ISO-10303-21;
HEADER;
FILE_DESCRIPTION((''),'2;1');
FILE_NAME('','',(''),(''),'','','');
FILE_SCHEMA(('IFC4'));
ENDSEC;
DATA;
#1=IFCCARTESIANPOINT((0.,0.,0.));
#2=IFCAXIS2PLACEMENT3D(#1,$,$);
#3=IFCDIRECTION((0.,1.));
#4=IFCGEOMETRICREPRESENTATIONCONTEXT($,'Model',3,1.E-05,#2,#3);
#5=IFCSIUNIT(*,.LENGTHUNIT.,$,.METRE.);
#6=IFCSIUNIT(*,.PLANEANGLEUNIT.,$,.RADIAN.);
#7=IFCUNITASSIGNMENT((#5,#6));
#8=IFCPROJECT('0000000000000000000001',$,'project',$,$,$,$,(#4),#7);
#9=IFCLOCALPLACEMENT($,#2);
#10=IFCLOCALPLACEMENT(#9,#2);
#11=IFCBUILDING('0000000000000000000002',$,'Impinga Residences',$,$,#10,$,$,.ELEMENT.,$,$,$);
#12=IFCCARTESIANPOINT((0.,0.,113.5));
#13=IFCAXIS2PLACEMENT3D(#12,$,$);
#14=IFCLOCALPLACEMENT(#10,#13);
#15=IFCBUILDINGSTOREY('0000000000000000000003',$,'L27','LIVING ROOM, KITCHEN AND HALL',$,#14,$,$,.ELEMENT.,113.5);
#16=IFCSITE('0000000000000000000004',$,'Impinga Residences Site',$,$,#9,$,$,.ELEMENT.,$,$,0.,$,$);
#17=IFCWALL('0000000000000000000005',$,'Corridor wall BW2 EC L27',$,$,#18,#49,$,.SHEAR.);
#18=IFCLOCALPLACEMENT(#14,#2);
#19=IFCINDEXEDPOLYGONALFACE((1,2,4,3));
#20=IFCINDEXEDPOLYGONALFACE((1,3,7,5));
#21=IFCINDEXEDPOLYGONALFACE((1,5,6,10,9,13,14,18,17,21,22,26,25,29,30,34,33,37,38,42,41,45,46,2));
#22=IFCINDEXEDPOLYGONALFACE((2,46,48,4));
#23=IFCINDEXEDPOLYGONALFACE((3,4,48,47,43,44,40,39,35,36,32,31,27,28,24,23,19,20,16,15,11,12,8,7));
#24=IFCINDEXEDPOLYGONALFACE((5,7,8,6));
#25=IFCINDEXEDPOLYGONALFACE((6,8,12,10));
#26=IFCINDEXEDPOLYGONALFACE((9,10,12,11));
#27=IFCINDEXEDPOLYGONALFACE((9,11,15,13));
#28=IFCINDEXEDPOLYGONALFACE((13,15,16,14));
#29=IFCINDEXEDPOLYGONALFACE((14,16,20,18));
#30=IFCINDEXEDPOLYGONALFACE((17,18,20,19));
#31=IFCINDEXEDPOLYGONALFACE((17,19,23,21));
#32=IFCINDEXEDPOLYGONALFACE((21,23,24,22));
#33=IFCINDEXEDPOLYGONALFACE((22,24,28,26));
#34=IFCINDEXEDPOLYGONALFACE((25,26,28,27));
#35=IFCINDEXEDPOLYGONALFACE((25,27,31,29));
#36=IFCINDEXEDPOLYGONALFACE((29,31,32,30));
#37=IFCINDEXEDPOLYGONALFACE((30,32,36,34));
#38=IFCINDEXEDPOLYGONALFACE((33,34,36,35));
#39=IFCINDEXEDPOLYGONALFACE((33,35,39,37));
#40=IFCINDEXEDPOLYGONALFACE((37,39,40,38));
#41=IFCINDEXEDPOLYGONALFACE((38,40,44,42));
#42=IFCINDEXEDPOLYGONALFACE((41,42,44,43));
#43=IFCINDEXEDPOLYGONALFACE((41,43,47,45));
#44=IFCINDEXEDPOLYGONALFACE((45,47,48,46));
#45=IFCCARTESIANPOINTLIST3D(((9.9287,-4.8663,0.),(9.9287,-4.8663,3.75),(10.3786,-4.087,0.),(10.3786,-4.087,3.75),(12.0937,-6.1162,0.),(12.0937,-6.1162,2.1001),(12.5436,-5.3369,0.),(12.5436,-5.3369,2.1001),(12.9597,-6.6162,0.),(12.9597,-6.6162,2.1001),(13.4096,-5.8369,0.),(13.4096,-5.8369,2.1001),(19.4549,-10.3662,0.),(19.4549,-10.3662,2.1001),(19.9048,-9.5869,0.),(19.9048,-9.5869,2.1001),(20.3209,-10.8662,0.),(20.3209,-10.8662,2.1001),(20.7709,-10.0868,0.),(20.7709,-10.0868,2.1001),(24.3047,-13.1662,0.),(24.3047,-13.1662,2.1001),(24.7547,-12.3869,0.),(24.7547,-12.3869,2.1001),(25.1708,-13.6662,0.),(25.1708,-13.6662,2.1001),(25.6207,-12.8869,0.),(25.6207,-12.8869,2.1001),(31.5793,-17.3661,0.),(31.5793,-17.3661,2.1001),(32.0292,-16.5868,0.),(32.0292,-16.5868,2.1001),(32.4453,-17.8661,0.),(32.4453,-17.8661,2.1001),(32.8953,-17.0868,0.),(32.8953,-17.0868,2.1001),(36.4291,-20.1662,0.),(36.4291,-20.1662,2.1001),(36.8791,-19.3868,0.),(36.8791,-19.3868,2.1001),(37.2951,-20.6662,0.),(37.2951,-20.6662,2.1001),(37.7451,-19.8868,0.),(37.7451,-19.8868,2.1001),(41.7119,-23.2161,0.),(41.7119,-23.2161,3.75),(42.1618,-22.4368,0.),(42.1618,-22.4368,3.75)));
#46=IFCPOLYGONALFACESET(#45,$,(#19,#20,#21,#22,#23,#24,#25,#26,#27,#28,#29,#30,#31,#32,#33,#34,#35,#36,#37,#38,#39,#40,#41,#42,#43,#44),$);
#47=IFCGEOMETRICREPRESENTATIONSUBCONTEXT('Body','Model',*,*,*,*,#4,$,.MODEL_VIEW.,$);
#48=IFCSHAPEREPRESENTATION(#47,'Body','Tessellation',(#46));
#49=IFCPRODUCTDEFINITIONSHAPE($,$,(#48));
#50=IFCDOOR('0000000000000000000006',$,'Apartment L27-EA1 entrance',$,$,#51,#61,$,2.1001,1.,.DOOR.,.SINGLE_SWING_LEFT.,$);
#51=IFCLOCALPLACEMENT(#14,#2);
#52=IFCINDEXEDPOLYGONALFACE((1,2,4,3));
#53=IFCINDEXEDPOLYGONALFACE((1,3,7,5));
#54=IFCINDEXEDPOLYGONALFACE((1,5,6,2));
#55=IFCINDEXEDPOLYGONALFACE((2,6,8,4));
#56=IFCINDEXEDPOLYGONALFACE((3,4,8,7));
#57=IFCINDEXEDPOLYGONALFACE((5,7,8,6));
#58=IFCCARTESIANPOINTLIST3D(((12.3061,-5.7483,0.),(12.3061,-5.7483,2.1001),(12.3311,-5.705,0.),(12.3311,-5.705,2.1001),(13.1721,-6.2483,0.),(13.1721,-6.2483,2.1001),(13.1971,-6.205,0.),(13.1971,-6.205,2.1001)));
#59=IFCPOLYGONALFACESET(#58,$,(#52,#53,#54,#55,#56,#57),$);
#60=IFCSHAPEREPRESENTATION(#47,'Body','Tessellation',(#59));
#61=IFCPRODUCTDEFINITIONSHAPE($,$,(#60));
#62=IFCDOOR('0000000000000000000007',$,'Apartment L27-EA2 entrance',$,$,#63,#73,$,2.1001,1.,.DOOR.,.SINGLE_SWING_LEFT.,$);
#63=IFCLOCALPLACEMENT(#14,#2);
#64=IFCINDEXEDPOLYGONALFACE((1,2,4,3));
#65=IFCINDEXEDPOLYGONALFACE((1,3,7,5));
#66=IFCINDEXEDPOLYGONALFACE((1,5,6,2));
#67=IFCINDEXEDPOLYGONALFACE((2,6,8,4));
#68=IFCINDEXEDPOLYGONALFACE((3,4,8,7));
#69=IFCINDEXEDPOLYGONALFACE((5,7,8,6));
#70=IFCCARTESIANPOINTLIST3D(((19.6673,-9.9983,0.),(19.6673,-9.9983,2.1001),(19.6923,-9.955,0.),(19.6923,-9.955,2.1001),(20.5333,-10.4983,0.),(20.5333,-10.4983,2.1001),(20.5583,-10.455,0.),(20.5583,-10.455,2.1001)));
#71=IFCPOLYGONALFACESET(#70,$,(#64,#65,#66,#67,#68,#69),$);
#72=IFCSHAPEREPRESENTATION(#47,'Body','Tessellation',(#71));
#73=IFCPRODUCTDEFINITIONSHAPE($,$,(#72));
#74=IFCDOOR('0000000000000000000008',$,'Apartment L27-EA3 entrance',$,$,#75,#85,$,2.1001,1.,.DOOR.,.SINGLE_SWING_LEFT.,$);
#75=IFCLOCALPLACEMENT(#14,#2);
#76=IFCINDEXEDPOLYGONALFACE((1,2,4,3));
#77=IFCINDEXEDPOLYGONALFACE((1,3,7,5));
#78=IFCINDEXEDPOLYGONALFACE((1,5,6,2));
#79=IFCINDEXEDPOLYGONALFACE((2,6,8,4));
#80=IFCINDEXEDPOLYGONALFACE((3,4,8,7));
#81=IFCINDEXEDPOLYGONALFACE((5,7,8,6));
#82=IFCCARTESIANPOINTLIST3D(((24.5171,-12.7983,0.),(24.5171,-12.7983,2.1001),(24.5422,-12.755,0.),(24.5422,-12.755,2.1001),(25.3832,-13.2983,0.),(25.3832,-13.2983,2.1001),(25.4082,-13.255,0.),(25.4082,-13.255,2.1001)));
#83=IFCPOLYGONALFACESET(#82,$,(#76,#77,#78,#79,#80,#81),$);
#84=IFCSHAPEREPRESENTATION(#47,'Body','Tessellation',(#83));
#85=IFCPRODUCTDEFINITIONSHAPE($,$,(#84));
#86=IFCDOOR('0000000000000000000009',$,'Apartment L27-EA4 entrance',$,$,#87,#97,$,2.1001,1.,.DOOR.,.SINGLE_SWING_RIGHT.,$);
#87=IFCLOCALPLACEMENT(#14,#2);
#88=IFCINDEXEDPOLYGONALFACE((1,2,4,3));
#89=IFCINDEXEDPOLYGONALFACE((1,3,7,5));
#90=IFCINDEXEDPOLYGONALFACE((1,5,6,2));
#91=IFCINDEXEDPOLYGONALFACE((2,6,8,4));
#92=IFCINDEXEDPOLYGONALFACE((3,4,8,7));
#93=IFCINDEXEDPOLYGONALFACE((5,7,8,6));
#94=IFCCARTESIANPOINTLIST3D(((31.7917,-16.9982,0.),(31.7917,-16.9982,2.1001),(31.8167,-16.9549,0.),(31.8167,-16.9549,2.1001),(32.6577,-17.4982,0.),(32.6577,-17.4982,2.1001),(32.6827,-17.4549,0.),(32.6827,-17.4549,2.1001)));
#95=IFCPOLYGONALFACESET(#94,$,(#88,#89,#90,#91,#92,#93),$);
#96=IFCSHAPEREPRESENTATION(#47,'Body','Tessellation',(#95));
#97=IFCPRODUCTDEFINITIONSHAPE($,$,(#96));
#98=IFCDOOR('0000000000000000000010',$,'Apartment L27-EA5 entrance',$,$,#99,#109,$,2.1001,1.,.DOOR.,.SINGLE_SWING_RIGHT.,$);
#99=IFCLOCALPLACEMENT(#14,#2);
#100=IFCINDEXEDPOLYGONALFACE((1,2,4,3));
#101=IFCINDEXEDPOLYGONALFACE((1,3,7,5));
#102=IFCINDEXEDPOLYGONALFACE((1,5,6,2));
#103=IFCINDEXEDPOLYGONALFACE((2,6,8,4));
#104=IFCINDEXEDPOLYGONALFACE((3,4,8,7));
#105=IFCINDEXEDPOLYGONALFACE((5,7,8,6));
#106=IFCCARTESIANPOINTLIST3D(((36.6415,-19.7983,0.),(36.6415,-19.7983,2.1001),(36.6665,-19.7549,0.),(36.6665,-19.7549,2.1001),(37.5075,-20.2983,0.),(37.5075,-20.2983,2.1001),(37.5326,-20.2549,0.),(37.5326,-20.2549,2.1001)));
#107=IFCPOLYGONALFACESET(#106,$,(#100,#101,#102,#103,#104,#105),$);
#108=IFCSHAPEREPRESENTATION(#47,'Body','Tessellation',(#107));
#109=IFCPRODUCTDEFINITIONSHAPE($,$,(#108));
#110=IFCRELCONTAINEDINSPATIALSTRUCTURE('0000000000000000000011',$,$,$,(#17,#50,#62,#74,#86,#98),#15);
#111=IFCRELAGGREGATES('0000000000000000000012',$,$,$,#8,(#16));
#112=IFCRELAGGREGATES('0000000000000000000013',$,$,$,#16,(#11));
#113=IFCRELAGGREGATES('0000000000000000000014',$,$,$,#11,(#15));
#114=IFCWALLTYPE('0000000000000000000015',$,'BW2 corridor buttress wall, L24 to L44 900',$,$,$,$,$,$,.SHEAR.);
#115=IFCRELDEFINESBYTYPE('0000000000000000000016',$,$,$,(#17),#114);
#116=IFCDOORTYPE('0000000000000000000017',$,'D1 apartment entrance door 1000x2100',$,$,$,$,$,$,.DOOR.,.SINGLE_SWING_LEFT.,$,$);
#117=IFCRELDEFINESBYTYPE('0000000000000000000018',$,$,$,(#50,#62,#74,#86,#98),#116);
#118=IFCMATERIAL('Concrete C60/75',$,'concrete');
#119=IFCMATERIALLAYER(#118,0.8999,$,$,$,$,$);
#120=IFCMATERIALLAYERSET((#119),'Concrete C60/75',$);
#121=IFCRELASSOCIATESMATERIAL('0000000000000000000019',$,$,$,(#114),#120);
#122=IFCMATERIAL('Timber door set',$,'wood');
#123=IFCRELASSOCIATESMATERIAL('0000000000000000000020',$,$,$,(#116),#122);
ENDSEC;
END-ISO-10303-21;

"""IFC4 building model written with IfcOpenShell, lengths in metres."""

from ifc_helpers import new_model, si_unit, direction, frame, frame_2d, origin, place, context, subcontext, project, spatial, rectangle, extrude, material, layer, layer_set, type_object, element, fill, save


model = new_model("IFC4")

# Units and contexts
model_context = context("Model", 3, precision=1e-05, world=origin(), true_north=direction((0.0, 1.0)))
body_context = subcontext(model_context, "Body", "Model", "MODEL_VIEW")
ifc_project = project(units=[si_unit("LENGTHUNIT", "METRE"), si_unit("PLANEANGLEUNIT", "RADIAN")], contexts=[model_context])

# Site, building, storey
site_placement = place(None, origin())
site = spatial("IfcSite", under=ifc_project, at=site_placement, Name="Impinga Residences Site", CompositionType="ELEMENT", RefElevation=0.0)
building_placement = place(site_placement, origin())
building = spatial("IfcBuilding", under=site, at=building_placement, Name="Impinga Residences", CompositionType="ELEMENT")
storey_placement = place(building_placement, frame((0.0, 0.0, 113.5)))
storey = spatial("IfcBuildingStorey", under=building, at=storey_placement, Name="L27", Description="LIVING ROOM, KITCHEN AND HALL", CompositionType="ELEMENT", Elevation=113.5)

# Wall, openings, doors
ifc_material_1 = material(Name="Concrete C60/75", Category="concrete")
ifc_layer_1 = layer(ifc_material_1, 0.8999)
ifc_layer_set_1 = layer_set([ifc_layer_1], Name="Concrete C60/75")
wall_type_1 = type_object("IfcWallType", Name="BW2 corridor buttress wall, L24 to L44 900", PredefinedType="SHEAR", material=ifc_layer_set_1)
wall_1_placement = place(storey_placement, frame((10.1536, -4.4766, 0.0), z_axis=(0.0, 0.0, 1.0), x_axis=(0.866028, -0.499996, 0.0)))
wall_1 = element("IfcWall", 1, at=wall_1_placement, inside=storey, type_object=wall_type_1, Name="Corridor wall BW2 EC L27", PredefinedType="SHEAR", context=body_context, shape_type="SweptSolid", body=[
    extrude(rectangle(XDim=36.7, YDim=0.8999, at=frame_2d((18.3501, 0.0))), origin(), (0.0, 0.0, 1.0), 3.75),
])
opening_1_placement = place(wall_1_placement, frame((2.5, 0.0, 0.0)))
opening_1 = element("IfcOpeningElement", 2, at=opening_1_placement, cuts=wall_1, PredefinedType="OPENING", context=body_context, shape_type="SweptSolid", body=[
    extrude(rectangle(XDim=1.0, YDim=2.1001, at=frame_2d((0.5, 1.05))), frame((0.0, 0.46, 0.0), z_axis=(0.0, -1.0, 0.0), x_axis=(1.0, 0.0, 0.0)), (0.0, 0.0, 1.0), 0.9199),
])
opening_2_placement = place(wall_1_placement, frame((11.0, 0.0, 0.0)))
opening_2 = element("IfcOpeningElement", 3, at=opening_2_placement, cuts=wall_1, PredefinedType="OPENING", context=body_context, shape_type="SweptSolid", body=[
    extrude(rectangle(XDim=1.0, YDim=2.1001, at=frame_2d((0.5, 1.05))), frame((0.0, 0.46, 0.0), z_axis=(0.0, -1.0, 0.0), x_axis=(1.0, 0.0, 0.0)), (0.0, 0.0, 1.0), 0.9199),
])
opening_3_placement = place(wall_1_placement, frame((16.6001, 0.0, 0.0)))
opening_3 = element("IfcOpeningElement", 4, at=opening_3_placement, cuts=wall_1, PredefinedType="OPENING", context=body_context, shape_type="SweptSolid", body=[
    extrude(rectangle(XDim=1.0, YDim=2.1001, at=frame_2d((0.5, 1.05))), frame((0.0, 0.46, 0.0), z_axis=(0.0, -1.0, 0.0), x_axis=(1.0, 0.0, 0.0)), (0.0, 0.0, 1.0), 0.9199),
])
opening_4_placement = place(wall_1_placement, frame((25.0, 0.0, 0.0)))
opening_4 = element("IfcOpeningElement", 5, at=opening_4_placement, cuts=wall_1, PredefinedType="OPENING", context=body_context, shape_type="SweptSolid", body=[
    extrude(rectangle(XDim=1.0, YDim=2.1001, at=frame_2d((0.5, 1.05))), frame((0.0, 0.46, 0.0), z_axis=(0.0, -1.0, 0.0), x_axis=(1.0, 0.0, 0.0)), (0.0, 0.0, 1.0), 0.9199),
])
opening_5_placement = place(wall_1_placement, frame((30.6001, 0.0, 0.0)))
opening_5 = element("IfcOpeningElement", 6, at=opening_5_placement, cuts=wall_1, PredefinedType="OPENING", context=body_context, shape_type="SweptSolid", body=[
    extrude(rectangle(XDim=1.0, YDim=2.1001, at=frame_2d((0.5, 1.05))), frame((0.0, 0.46, 0.0), z_axis=(0.0, -1.0, 0.0), x_axis=(1.0, 0.0, 0.0)), (0.0, 0.0, 1.0), 0.9199),
])
ifc_material_2 = material(Name="Timber door set", Category="wood")
door_type_1 = type_object("IfcDoorType", Name="D1 apartment entrance door 1000x2100", OperationType="SINGLE_SWING_LEFT", PredefinedType="DOOR", material=ifc_material_2)
door_1_placement = place(opening_1_placement, origin())
door_1 = element("IfcDoor", 7, at=door_1_placement, inside=storey, type_object=door_type_1, Name="Apartment L27-EA1 entrance", OperationType="SINGLE_SWING_LEFT", OverallHeight=2.1001, OverallWidth=1.0, PredefinedType="DOOR", context=body_context, shape_type="SweptSolid", body=[
    extrude(rectangle(XDim=1.0, YDim=2.1001, at=frame_2d((0.5, 1.05))), frame((0.0, 0.0249, 0.0), z_axis=(0.0, -1.0, 0.0), x_axis=(1.0, 0.0, 0.0)), (0.0, 0.0, 1.0), 0.05),
])
fill(opening_1, door_1)
door_2_placement = place(opening_2_placement, origin())
door_2 = element("IfcDoor", 8, at=door_2_placement, inside=storey, type_object=door_type_1, Name="Apartment L27-EA2 entrance", OperationType="SINGLE_SWING_LEFT", OverallHeight=2.1001, OverallWidth=1.0, PredefinedType="DOOR", context=body_context, shape_type="SweptSolid", body=[
    extrude(rectangle(XDim=1.0, YDim=2.1001, at=frame_2d((0.5, 1.05))), frame((0.0, 0.0249, 0.0), z_axis=(0.0, -1.0, 0.0), x_axis=(1.0, 0.0, 0.0)), (0.0, 0.0, 1.0), 0.05),
])
fill(opening_2, door_2)
door_3_placement = place(opening_3_placement, origin())
door_3 = element("IfcDoor", 9, at=door_3_placement, inside=storey, type_object=door_type_1, Name="Apartment L27-EA3 entrance", OperationType="SINGLE_SWING_LEFT", OverallHeight=2.1001, OverallWidth=1.0, PredefinedType="DOOR", context=body_context, shape_type="SweptSolid", body=[
    extrude(rectangle(XDim=1.0, YDim=2.1001, at=frame_2d((0.5, 1.05))), frame((0.0, 0.0249, 0.0), z_axis=(0.0, -1.0, 0.0), x_axis=(1.0, 0.0, 0.0)), (0.0, 0.0, 1.0), 0.05),
])
fill(opening_3, door_3)
door_4_placement = place(opening_4_placement, origin())
door_4 = element("IfcDoor", 10, at=door_4_placement, inside=storey, type_object=door_type_1, Name="Apartment L27-EA4 entrance", OperationType="SINGLE_SWING_RIGHT", OverallHeight=2.1001, OverallWidth=1.0, PredefinedType="DOOR", context=body_context, shape_type="SweptSolid", body=[
    extrude(rectangle(XDim=1.0, YDim=2.1001, at=frame_2d((0.5, 1.05))), frame((0.0, 0.0249, 0.0), z_axis=(0.0, -1.0, 0.0), x_axis=(1.0, 0.0, 0.0)), (0.0, 0.0, 1.0), 0.05),
])
fill(opening_4, door_4)
door_5_placement = place(opening_5_placement, origin())
door_5 = element("IfcDoor", 11, at=door_5_placement, inside=storey, type_object=door_type_1, Name="Apartment L27-EA5 entrance", OperationType="SINGLE_SWING_RIGHT", OverallHeight=2.1001, OverallWidth=1.0, PredefinedType="DOOR", context=body_context, shape_type="SweptSolid", body=[
    extrude(rectangle(XDim=1.0, YDim=2.1001, at=frame_2d((0.5, 1.05))), frame((0.0, 0.0249, 0.0), z_axis=(0.0, -1.0, 0.0), x_axis=(1.0, 0.0, 0.0)), (0.0, 0.0, 1.0), 0.05),
])
fill(opening_5, door_5)

save(model, "model.ifc")
